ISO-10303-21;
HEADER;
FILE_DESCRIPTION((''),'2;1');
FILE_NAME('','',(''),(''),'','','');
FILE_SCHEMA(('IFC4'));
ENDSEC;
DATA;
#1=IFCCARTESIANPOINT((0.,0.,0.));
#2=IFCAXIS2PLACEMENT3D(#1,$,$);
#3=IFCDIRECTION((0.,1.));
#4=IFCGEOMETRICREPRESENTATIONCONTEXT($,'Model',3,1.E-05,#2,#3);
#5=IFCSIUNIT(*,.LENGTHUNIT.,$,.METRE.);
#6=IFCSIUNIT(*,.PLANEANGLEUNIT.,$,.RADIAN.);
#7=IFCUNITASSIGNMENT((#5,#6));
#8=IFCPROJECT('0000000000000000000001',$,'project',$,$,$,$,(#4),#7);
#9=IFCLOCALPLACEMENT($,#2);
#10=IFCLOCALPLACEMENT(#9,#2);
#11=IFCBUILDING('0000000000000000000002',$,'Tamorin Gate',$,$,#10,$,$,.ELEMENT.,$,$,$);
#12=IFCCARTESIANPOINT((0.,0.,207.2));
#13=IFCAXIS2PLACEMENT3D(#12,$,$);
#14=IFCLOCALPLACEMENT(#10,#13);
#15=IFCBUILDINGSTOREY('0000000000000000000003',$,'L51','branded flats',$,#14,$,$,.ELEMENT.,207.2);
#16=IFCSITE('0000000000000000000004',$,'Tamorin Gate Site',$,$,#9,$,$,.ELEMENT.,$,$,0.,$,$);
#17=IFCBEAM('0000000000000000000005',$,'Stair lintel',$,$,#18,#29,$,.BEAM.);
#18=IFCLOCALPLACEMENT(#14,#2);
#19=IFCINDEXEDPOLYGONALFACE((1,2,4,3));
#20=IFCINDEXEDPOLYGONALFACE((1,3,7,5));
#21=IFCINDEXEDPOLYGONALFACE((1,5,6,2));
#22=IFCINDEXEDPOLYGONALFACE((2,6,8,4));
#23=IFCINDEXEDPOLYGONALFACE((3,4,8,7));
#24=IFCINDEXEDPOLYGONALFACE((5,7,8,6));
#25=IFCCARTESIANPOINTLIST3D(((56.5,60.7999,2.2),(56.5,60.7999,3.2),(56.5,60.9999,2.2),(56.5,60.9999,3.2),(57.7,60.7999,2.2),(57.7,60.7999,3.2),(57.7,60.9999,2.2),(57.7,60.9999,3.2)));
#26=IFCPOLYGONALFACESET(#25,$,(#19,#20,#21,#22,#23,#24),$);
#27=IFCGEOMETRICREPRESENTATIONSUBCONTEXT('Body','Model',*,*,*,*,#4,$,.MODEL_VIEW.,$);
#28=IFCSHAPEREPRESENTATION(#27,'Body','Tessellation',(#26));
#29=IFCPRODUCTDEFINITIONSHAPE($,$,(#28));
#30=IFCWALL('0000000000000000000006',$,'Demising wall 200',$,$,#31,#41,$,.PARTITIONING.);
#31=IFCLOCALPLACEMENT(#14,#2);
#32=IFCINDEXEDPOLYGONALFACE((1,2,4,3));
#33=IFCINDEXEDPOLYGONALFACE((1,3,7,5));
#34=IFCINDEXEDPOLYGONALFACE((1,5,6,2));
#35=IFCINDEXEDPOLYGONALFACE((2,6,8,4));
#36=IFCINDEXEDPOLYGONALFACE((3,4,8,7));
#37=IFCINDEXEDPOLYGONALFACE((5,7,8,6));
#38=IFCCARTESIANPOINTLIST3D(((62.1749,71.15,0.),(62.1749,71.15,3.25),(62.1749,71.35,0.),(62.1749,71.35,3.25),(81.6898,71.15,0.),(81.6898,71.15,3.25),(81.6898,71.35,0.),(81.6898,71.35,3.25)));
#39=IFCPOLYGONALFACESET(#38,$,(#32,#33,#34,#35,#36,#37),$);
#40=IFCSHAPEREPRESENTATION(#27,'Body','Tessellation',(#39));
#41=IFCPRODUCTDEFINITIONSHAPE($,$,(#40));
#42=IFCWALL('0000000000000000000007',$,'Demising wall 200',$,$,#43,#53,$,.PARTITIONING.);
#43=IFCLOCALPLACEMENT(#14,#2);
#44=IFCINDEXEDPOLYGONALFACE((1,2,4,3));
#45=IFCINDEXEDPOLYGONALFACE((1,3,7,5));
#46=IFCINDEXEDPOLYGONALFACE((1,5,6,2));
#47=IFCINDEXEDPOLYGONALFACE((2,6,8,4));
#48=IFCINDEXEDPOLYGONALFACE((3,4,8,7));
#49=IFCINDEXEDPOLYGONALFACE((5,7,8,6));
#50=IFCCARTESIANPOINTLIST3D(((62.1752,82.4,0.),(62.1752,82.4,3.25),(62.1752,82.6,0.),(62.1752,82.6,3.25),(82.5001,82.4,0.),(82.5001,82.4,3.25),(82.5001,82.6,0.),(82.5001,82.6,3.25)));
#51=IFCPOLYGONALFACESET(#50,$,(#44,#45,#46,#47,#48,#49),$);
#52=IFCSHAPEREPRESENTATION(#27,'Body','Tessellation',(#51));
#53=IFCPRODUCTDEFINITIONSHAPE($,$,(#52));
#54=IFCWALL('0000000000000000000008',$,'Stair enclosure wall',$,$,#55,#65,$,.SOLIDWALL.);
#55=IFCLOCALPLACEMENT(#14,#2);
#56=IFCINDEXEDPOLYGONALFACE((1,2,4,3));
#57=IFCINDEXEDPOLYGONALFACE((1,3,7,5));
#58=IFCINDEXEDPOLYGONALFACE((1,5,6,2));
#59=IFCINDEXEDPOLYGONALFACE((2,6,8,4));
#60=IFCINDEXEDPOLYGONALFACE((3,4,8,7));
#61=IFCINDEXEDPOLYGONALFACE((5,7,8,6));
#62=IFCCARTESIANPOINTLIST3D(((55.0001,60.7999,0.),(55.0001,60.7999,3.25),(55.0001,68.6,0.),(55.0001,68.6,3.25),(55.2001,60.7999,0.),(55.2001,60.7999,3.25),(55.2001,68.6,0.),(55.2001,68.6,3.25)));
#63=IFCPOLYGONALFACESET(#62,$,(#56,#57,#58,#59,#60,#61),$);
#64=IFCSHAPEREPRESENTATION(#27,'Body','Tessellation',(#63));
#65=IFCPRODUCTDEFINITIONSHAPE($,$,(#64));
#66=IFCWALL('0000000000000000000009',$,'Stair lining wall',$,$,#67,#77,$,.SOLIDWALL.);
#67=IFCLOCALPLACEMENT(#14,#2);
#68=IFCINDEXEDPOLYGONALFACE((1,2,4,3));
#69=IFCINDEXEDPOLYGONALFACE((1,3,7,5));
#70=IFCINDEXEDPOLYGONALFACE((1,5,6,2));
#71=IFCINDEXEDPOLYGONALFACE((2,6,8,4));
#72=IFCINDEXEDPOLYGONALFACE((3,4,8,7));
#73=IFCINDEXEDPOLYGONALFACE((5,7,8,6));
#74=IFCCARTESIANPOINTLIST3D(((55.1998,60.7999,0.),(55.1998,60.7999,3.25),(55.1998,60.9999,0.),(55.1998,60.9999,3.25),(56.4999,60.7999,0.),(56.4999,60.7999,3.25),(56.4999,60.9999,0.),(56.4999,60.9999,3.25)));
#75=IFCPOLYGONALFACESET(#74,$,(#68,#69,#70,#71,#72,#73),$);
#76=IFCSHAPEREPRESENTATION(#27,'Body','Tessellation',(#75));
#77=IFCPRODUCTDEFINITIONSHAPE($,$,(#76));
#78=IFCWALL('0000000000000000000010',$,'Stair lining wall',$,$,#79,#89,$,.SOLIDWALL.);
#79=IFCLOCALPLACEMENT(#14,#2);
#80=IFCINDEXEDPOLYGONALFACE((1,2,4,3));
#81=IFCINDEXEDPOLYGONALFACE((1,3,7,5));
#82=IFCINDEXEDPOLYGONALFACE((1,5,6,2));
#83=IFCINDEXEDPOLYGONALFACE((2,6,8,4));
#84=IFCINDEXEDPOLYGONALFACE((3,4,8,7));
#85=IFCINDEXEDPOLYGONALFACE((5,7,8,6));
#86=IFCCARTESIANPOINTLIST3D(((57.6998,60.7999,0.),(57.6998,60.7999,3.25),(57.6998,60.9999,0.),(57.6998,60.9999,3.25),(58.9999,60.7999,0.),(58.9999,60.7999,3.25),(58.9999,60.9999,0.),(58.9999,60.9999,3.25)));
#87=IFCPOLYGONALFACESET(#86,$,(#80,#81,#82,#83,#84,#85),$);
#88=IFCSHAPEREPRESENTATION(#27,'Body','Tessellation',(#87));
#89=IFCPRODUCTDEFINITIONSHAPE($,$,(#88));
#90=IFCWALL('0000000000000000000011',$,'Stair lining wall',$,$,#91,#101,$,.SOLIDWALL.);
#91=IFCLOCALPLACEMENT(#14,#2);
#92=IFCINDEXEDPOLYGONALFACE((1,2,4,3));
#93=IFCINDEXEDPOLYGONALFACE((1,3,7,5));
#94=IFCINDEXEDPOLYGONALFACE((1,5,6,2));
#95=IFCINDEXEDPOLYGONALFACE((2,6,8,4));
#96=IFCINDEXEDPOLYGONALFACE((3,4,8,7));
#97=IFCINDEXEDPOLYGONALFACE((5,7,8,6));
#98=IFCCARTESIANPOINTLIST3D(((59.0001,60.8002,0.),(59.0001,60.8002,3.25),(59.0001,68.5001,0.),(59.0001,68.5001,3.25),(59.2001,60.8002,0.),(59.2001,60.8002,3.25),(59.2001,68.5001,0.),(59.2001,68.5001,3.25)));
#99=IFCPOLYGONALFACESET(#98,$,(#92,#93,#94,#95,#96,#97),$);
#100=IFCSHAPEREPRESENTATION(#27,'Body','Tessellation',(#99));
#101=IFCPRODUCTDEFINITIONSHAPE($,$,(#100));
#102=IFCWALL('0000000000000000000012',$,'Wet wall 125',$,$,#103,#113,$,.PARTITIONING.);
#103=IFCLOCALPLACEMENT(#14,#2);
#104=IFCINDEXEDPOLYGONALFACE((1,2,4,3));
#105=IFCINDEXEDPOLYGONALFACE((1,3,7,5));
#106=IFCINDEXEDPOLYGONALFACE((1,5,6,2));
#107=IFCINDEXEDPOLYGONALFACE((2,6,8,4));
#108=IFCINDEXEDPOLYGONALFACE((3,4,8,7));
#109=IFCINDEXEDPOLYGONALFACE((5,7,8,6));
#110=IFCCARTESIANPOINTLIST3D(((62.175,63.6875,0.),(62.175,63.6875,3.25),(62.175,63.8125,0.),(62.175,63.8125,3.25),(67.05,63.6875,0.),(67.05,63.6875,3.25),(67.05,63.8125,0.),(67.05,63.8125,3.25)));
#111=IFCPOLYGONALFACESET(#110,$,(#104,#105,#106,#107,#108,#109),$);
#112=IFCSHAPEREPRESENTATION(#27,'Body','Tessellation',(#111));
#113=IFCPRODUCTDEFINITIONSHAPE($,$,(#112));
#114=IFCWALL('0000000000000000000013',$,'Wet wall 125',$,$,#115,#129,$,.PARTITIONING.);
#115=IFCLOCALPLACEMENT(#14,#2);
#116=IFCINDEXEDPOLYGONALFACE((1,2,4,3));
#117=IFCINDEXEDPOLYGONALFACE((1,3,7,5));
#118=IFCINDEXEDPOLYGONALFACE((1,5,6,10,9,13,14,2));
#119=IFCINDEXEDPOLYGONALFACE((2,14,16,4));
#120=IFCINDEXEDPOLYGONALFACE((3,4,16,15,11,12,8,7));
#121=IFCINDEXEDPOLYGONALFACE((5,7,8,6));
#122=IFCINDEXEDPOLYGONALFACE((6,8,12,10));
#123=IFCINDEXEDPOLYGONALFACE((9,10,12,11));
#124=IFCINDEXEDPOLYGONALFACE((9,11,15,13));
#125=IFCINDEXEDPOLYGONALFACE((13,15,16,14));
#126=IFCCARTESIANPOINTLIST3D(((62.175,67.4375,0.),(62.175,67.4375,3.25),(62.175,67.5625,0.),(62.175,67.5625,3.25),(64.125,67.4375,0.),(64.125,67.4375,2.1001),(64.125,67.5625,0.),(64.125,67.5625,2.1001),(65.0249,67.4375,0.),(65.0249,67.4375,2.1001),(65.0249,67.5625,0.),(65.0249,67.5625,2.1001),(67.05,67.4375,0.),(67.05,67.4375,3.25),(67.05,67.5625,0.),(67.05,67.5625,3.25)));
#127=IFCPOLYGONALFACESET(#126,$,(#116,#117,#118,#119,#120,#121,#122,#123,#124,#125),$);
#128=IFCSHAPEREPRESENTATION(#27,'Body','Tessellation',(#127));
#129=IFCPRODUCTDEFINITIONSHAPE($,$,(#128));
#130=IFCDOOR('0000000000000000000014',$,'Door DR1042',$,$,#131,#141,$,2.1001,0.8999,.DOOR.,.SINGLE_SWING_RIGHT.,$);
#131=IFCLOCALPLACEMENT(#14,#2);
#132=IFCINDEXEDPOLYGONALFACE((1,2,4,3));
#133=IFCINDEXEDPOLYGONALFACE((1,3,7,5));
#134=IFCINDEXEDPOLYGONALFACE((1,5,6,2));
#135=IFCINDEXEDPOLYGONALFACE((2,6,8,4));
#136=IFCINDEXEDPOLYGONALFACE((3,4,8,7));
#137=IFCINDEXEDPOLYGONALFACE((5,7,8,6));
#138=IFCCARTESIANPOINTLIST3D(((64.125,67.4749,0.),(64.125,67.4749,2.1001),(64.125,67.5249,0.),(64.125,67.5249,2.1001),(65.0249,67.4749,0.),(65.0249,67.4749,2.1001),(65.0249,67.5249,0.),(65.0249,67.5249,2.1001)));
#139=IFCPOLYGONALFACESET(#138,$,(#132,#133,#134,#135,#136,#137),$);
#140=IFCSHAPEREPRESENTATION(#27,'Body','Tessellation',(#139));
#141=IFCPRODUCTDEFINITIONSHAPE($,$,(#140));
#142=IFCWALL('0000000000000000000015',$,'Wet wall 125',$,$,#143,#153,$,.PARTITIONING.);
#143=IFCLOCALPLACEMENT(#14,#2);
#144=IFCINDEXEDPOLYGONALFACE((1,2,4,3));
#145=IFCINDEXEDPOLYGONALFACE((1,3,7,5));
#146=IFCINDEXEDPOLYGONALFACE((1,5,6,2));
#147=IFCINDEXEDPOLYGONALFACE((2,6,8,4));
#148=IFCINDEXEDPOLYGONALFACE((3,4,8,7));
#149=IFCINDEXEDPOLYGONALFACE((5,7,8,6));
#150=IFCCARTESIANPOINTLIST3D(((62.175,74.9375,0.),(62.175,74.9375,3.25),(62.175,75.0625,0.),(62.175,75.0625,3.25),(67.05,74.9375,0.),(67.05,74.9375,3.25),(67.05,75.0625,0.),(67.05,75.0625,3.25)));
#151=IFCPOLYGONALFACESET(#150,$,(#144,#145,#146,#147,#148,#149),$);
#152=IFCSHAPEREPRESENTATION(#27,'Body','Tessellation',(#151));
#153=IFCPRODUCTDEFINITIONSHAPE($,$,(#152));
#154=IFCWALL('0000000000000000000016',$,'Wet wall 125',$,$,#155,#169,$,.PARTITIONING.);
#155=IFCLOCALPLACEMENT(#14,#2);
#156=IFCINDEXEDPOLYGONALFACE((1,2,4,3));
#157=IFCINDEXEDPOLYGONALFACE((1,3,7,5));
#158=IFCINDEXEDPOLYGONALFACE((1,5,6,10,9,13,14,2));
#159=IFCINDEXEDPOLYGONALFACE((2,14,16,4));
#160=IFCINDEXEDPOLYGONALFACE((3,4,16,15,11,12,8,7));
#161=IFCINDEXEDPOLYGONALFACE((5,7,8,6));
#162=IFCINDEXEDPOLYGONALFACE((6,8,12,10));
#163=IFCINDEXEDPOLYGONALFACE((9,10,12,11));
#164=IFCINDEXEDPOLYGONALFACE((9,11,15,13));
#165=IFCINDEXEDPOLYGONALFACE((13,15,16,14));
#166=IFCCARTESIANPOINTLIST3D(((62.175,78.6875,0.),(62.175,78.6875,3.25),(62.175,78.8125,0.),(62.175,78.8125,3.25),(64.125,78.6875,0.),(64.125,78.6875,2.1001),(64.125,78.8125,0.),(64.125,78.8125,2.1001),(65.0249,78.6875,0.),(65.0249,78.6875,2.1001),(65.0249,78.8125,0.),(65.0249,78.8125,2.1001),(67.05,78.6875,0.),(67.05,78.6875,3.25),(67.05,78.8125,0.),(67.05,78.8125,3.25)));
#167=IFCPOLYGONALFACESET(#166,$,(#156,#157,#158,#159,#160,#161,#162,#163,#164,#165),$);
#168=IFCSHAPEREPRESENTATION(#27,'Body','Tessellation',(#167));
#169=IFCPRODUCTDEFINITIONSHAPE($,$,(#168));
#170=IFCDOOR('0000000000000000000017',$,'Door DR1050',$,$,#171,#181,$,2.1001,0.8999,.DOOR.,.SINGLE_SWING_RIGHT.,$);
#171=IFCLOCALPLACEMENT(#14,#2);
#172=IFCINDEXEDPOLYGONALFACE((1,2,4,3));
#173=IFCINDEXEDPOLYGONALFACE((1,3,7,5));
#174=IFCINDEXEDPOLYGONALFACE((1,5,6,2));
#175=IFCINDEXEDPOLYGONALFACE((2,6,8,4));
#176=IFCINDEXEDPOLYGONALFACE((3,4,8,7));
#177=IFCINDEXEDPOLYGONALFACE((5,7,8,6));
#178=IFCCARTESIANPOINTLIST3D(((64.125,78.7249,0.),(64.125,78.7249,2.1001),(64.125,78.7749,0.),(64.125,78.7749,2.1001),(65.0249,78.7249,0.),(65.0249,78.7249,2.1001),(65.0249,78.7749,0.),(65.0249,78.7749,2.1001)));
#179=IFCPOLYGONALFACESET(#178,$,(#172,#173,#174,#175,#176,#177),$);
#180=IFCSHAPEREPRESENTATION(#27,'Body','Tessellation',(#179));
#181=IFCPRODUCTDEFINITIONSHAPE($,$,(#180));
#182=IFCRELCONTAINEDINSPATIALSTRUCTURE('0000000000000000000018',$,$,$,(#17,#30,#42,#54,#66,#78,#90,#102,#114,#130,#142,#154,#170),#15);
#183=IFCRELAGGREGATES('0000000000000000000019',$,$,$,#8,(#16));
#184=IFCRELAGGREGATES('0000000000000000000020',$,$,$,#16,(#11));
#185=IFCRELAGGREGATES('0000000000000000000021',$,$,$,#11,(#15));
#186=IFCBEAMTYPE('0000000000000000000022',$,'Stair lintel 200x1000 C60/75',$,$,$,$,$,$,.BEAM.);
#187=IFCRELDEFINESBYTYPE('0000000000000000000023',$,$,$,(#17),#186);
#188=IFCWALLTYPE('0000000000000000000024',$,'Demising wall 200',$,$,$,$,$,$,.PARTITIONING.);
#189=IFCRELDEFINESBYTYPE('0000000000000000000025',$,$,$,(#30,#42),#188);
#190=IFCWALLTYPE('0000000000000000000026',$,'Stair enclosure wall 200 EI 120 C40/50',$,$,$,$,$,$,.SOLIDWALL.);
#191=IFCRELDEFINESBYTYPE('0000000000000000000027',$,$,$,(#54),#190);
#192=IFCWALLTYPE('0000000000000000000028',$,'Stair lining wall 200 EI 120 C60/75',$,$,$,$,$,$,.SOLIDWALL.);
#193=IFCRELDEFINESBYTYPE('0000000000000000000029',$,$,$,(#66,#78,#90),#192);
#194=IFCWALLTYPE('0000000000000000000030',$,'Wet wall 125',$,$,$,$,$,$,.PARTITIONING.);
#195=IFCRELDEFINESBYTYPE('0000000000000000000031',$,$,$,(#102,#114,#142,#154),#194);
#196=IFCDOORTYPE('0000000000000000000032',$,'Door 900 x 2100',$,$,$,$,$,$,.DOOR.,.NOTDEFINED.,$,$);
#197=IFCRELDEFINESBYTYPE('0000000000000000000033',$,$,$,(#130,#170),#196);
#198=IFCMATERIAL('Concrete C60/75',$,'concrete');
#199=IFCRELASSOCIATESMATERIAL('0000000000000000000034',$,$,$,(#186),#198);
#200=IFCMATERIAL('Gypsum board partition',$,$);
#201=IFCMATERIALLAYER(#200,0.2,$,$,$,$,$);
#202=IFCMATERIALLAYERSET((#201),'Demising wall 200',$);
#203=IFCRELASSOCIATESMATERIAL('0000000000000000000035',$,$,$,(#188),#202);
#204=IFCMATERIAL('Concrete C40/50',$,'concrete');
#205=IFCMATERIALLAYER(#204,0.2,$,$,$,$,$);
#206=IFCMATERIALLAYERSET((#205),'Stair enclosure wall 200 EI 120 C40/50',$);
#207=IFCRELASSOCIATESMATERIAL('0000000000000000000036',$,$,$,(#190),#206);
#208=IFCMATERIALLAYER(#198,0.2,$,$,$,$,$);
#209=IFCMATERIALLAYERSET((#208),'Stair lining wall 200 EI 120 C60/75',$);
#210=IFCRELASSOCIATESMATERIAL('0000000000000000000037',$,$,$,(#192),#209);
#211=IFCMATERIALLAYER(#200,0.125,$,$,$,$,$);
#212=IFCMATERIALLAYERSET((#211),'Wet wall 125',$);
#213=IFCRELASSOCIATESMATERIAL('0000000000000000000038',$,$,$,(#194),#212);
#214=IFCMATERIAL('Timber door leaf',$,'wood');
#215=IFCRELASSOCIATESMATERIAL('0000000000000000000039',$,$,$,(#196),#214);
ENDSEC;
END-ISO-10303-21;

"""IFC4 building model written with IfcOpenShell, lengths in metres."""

from ifc_helpers import new_model, si_unit, direction, frame, frame_2d, origin, origin_2d, place, context, subcontext, project, spatial, rectangle, extrude, material, layer, layer_set, material_profile, profile_set, type_object, element, fill, save


model = new_model("IFC4")

# Units and contexts
model_context = context("Model", 3, precision=1e-05, world=origin(), true_north=direction((0.0, 1.0)))
body_context = subcontext(model_context, "Body", "Model", "MODEL_VIEW")
ifc_project = project(units=[si_unit("LENGTHUNIT", "METRE"), si_unit("PLANEANGLEUNIT", "RADIAN")], contexts=[model_context])

# Site, building, storey
site_placement = place(None, origin())
site = spatial("IfcSite", under=ifc_project, at=site_placement, Name="Tamorin Gate Site", CompositionType="ELEMENT", RefElevation=0.0)
building_placement = place(site_placement, origin())
building = spatial("IfcBuilding", under=site, at=building_placement, Name="Tamorin Gate", CompositionType="ELEMENT")
storey_placement = place(building_placement, frame((0.0, 0.0, 207.2)))
storey = spatial("IfcBuildingStorey", under=building, at=storey_placement, Name="L51", Description="branded flats", CompositionType="ELEMENT", Elevation=207.2)

# Beam
ifc_material_1 = material(Name="Concrete C60/75", Category="concrete")
ifc_material_profile = material_profile(ifc_material_1, rectangle(XDim=0.2, YDim=1.0, at=origin_2d()))
ifc_profile_set = profile_set([ifc_material_profile], Name="Concrete C60/75")
beam_type = type_object("IfcBeamType", Name="Stair lintel 200x1000 C60/75", PredefinedType="BEAM", material=ifc_profile_set)
beam_placement = place(storey_placement, frame((56.5, 60.8999, 2.7), z_axis=(1.0, 0.0, 0.0), x_axis=(0.0, 1.0, 0.0)))
element("IfcBeam", 1, at=beam_placement, inside=storey, type_object=beam_type, Name="Stair lintel", PredefinedType="BEAM", context=body_context, shape_type="SweptSolid", body=[
    extrude(rectangle(XDim=0.2, YDim=1.0, at=origin_2d()), origin(), (0.0, 0.0, 1.0), 1.2),
])

# Walls
ifc_material_2 = material(Name="Gypsum board partition")
ifc_layer_1 = layer(ifc_material_2, 0.2)
ifc_layer_set_1 = layer_set([ifc_layer_1], Name="Demising wall 200")
wall_type_1 = type_object("IfcWallType", Name="Demising wall 200", PredefinedType="PARTITIONING", material=ifc_layer_set_1)
wall_1_placement = place(storey_placement, frame((62.175, 71.25, 0.0), z_axis=(0.0, 0.0, 1.0), x_axis=(1.0, 0.0, 0.0)))
element("IfcWall", 2, at=wall_1_placement, inside=storey, type_object=wall_type_1, Name="Demising wall 200", PredefinedType="PARTITIONING", context=body_context, shape_type="SweptSolid", body=[
    extrude(rectangle(XDim=19.5149, YDim=0.2, at=frame_2d((9.7573, 0.0))), origin(), (0.0, 0.0, 1.0), 3.25),
])
wall_2_placement = place(storey_placement, frame((62.175, 82.5, 0.0), z_axis=(0.0, 0.0, 1.0), x_axis=(1.0, 0.0, 0.0)))
element("IfcWall", 3, at=wall_2_placement, inside=storey, type_object=wall_type_1, Name="Demising wall 200", PredefinedType="PARTITIONING", context=body_context, shape_type="SweptSolid", body=[
    extrude(rectangle(XDim=20.325, YDim=0.2, at=frame_2d((10.1626, 0.0))), origin(), (0.0, 0.0, 1.0), 3.25),
])
ifc_material_3 = material(Name="Concrete C40/50", Category="concrete")
ifc_layer_2 = layer(ifc_material_3, 0.2)
ifc_layer_set_2 = layer_set([ifc_layer_2], Name="Stair enclosure wall 200 EI 120 C40/50")
wall_type_2 = type_object("IfcWallType", Name="Stair enclosure wall 200 EI 120 C40/50", PredefinedType="SOLIDWALL", material=ifc_layer_set_2)
wall_3_placement = place(storey_placement, frame((55.1001, 60.8, 0.0), z_axis=(0.0, 0.0, 1.0), x_axis=(0.0, 1.0, 0.0)))
element("IfcWall", 4, at=wall_3_placement, inside=storey, type_object=wall_type_2, Name="Stair enclosure wall", PredefinedType="SOLIDWALL", context=body_context, shape_type="SweptSolid", body=[
    extrude(rectangle(XDim=7.8, YDim=0.2, at=frame_2d((3.8999, 0.0))), origin(), (0.0, 0.0, 1.0), 3.25),
])
ifc_layer_3 = layer(ifc_material_1, 0.2)
ifc_layer_set_3 = layer_set([ifc_layer_3], Name="Stair lining wall 200 EI 120 C60/75")
wall_type_3 = type_object("IfcWallType", Name="Stair lining wall 200 EI 120 C60/75", PredefinedType="SOLIDWALL", material=ifc_layer_set_3)
for number, where, z_axis, x_axis, name in (
    (5, (55.2, 60.8999, 0.0), (0.0, 0.0, 1.0), (1.0, 0.0, 0.0), "Stair lining wall"),
    (6, (57.7, 60.8999, 0.0), (0.0, 0.0, 1.0), (1.0, 0.0, 0.0), "Stair lining wall"),
):
    element("IfcWall", number, at=place(storey_placement, frame(where, z_axis=z_axis, x_axis=x_axis)), inside=storey, type_object=wall_type_3, Name=name, PredefinedType="SOLIDWALL", context=body_context, shape_type="SweptSolid", body=[
        extrude(rectangle(XDim=1.3, YDim=0.2, at=frame_2d((0.6499, 0.0))), origin(), (0.0, 0.0, 1.0), 3.25),
    ])
wall_4_placement = place(storey_placement, frame((59.1001, 60.8, 0.0), z_axis=(0.0, 0.0, 1.0), x_axis=(0.0, 1.0, 0.0)))
element("IfcWall", 7, at=wall_4_placement, inside=storey, type_object=wall_type_3, Name="Stair lining wall", PredefinedType="SOLIDWALL", context=body_context, shape_type="SweptSolid", body=[
    extrude(rectangle(XDim=7.7, YDim=0.2, at=frame_2d((3.8501, 0.0))), origin(), (0.0, 0.0, 1.0), 3.25),
])
ifc_layer_4 = layer(ifc_material_2, 0.125)
ifc_layer_set_4 = layer_set([ifc_layer_4], Name="Wet wall 125")
wall_type_4 = type_object("IfcWallType", Name="Wet wall 125", PredefinedType="PARTITIONING", material=ifc_layer_set_4)
wall_5_placement = place(storey_placement, frame((62.175, 63.75, 0.0), z_axis=(0.0, 0.0, 1.0), x_axis=(1.0, 0.0, 0.0)))
element("IfcWall", 8, at=wall_5_placement, inside=storey, type_object=wall_type_4, Name="Wet wall 125", PredefinedType="PARTITIONING", context=body_context, shape_type="SweptSolid", body=[
    extrude(rectangle(XDim=4.875, YDim=0.125, at=frame_2d((2.4375, 0.0))), origin(), (0.0, 0.0, 1.0), 3.25),
])

# Wall, opening, door
wall_6_placement = place(storey_placement, frame((62.175, 67.5, 0.0), z_axis=(0.0, 0.0, 1.0), x_axis=(1.0, 0.0, 0.0)))
wall_6 = element("IfcWall", 9, at=wall_6_placement, inside=storey, type_object=wall_type_4, Name="Wet wall 125", PredefinedType="PARTITIONING", context=body_context, shape_type="SweptSolid", body=[
    extrude(rectangle(XDim=4.875, YDim=0.125, at=frame_2d((2.4375, 0.0))), origin(), (0.0, 0.0, 1.0), 3.25),
])
opening_1_placement = place(wall_6_placement, frame((1.95, 0.0, 0.0)))
opening_1 = element("IfcOpeningElement", 10, at=opening_1_placement, cuts=wall_6, PredefinedType="OPENING", context=body_context, shape_type="SweptSolid", body=[
    extrude(rectangle(XDim=0.8999, YDim=2.1001, at=frame_2d((0.45, 1.05))), frame((0.0, 0.0725, 0.0), z_axis=(0.0, -1.0, 0.0), x_axis=(1.0, 0.0, 0.0)), (0.0, 0.0, 1.0), 0.145),
])
ifc_material_4 = material(Name="Timber door leaf", Category="wood")
door_type = type_object("IfcDoorType", Name="Door 900 x 2100", OperationType="NOTDEFINED", PredefinedType="DOOR", material=ifc_material_4)
door_1_placement = place(opening_1_placement, origin())
door_1 = element("IfcDoor", 11, at=door_1_placement, inside=storey, type_object=door_type, Name="Door DR1042", OperationType="SINGLE_SWING_RIGHT", OverallHeight=2.1001, OverallWidth=0.8999, PredefinedType="DOOR", context=body_context, shape_type="SweptSolid", body=[
    extrude(rectangle(XDim=0.8999, YDim=2.1001, at=frame_2d((0.45, 1.05))), frame((0.0, 0.0249, 0.0), z_axis=(0.0, -1.0, 0.0), x_axis=(1.0, 0.0, 0.0)), (0.0, 0.0, 1.0), 0.05),
])
fill(opening_1, door_1)

# Wall
wall_7_placement = place(storey_placement, frame((62.175, 75.0, 0.0), z_axis=(0.0, 0.0, 1.0), x_axis=(1.0, 0.0, 0.0)))
element("IfcWall", 12, at=wall_7_placement, inside=storey, type_object=wall_type_4, Name="Wet wall 125", PredefinedType="PARTITIONING", context=body_context, shape_type="SweptSolid", body=[
    extrude(rectangle(XDim=4.875, YDim=0.125, at=frame_2d((2.4375, 0.0))), origin(), (0.0, 0.0, 1.0), 3.25),
])

# Wall, opening, door
wall_8_placement = place(storey_placement, frame((62.175, 78.75, 0.0), z_axis=(0.0, 0.0, 1.0), x_axis=(1.0, 0.0, 0.0)))
wall_8 = element("IfcWall", 13, at=wall_8_placement, inside=storey, type_object=wall_type_4, Name="Wet wall 125", PredefinedType="PARTITIONING", context=body_context, shape_type="SweptSolid", body=[
    extrude(rectangle(XDim=4.875, YDim=0.125, at=frame_2d((2.4375, 0.0))), origin(), (0.0, 0.0, 1.0), 3.25),
])
opening_2_placement = place(wall_8_placement, frame((1.95, 0.0, 0.0)))
opening_2 = element("IfcOpeningElement", 14, at=opening_2_placement, cuts=wall_8, PredefinedType="OPENING", context=body_context, shape_type="SweptSolid", body=[
    extrude(rectangle(XDim=0.8999, YDim=2.1001, at=frame_2d((0.45, 1.05))), frame((0.0, 0.0725, 0.0), z_axis=(0.0, -1.0, 0.0), x_axis=(1.0, 0.0, 0.0)), (0.0, 0.0, 1.0), 0.145),
])
door_2_placement = place(opening_2_placement, origin())
door_2 = element("IfcDoor", 15, at=door_2_placement, inside=storey, type_object=door_type, Name="Door DR1050", OperationType="SINGLE_SWING_RIGHT", OverallHeight=2.1001, OverallWidth=0.8999, PredefinedType="DOOR", context=body_context, shape_type="SweptSolid", body=[
    extrude(rectangle(XDim=0.8999, YDim=2.1001, at=frame_2d((0.45, 1.05))), frame((0.0, 0.0249, 0.0), z_axis=(0.0, -1.0, 0.0), x_axis=(1.0, 0.0, 0.0)), (0.0, 0.0, 1.0), 0.05),
])
fill(opening_2, door_2)

save(model, "model.ifc")
